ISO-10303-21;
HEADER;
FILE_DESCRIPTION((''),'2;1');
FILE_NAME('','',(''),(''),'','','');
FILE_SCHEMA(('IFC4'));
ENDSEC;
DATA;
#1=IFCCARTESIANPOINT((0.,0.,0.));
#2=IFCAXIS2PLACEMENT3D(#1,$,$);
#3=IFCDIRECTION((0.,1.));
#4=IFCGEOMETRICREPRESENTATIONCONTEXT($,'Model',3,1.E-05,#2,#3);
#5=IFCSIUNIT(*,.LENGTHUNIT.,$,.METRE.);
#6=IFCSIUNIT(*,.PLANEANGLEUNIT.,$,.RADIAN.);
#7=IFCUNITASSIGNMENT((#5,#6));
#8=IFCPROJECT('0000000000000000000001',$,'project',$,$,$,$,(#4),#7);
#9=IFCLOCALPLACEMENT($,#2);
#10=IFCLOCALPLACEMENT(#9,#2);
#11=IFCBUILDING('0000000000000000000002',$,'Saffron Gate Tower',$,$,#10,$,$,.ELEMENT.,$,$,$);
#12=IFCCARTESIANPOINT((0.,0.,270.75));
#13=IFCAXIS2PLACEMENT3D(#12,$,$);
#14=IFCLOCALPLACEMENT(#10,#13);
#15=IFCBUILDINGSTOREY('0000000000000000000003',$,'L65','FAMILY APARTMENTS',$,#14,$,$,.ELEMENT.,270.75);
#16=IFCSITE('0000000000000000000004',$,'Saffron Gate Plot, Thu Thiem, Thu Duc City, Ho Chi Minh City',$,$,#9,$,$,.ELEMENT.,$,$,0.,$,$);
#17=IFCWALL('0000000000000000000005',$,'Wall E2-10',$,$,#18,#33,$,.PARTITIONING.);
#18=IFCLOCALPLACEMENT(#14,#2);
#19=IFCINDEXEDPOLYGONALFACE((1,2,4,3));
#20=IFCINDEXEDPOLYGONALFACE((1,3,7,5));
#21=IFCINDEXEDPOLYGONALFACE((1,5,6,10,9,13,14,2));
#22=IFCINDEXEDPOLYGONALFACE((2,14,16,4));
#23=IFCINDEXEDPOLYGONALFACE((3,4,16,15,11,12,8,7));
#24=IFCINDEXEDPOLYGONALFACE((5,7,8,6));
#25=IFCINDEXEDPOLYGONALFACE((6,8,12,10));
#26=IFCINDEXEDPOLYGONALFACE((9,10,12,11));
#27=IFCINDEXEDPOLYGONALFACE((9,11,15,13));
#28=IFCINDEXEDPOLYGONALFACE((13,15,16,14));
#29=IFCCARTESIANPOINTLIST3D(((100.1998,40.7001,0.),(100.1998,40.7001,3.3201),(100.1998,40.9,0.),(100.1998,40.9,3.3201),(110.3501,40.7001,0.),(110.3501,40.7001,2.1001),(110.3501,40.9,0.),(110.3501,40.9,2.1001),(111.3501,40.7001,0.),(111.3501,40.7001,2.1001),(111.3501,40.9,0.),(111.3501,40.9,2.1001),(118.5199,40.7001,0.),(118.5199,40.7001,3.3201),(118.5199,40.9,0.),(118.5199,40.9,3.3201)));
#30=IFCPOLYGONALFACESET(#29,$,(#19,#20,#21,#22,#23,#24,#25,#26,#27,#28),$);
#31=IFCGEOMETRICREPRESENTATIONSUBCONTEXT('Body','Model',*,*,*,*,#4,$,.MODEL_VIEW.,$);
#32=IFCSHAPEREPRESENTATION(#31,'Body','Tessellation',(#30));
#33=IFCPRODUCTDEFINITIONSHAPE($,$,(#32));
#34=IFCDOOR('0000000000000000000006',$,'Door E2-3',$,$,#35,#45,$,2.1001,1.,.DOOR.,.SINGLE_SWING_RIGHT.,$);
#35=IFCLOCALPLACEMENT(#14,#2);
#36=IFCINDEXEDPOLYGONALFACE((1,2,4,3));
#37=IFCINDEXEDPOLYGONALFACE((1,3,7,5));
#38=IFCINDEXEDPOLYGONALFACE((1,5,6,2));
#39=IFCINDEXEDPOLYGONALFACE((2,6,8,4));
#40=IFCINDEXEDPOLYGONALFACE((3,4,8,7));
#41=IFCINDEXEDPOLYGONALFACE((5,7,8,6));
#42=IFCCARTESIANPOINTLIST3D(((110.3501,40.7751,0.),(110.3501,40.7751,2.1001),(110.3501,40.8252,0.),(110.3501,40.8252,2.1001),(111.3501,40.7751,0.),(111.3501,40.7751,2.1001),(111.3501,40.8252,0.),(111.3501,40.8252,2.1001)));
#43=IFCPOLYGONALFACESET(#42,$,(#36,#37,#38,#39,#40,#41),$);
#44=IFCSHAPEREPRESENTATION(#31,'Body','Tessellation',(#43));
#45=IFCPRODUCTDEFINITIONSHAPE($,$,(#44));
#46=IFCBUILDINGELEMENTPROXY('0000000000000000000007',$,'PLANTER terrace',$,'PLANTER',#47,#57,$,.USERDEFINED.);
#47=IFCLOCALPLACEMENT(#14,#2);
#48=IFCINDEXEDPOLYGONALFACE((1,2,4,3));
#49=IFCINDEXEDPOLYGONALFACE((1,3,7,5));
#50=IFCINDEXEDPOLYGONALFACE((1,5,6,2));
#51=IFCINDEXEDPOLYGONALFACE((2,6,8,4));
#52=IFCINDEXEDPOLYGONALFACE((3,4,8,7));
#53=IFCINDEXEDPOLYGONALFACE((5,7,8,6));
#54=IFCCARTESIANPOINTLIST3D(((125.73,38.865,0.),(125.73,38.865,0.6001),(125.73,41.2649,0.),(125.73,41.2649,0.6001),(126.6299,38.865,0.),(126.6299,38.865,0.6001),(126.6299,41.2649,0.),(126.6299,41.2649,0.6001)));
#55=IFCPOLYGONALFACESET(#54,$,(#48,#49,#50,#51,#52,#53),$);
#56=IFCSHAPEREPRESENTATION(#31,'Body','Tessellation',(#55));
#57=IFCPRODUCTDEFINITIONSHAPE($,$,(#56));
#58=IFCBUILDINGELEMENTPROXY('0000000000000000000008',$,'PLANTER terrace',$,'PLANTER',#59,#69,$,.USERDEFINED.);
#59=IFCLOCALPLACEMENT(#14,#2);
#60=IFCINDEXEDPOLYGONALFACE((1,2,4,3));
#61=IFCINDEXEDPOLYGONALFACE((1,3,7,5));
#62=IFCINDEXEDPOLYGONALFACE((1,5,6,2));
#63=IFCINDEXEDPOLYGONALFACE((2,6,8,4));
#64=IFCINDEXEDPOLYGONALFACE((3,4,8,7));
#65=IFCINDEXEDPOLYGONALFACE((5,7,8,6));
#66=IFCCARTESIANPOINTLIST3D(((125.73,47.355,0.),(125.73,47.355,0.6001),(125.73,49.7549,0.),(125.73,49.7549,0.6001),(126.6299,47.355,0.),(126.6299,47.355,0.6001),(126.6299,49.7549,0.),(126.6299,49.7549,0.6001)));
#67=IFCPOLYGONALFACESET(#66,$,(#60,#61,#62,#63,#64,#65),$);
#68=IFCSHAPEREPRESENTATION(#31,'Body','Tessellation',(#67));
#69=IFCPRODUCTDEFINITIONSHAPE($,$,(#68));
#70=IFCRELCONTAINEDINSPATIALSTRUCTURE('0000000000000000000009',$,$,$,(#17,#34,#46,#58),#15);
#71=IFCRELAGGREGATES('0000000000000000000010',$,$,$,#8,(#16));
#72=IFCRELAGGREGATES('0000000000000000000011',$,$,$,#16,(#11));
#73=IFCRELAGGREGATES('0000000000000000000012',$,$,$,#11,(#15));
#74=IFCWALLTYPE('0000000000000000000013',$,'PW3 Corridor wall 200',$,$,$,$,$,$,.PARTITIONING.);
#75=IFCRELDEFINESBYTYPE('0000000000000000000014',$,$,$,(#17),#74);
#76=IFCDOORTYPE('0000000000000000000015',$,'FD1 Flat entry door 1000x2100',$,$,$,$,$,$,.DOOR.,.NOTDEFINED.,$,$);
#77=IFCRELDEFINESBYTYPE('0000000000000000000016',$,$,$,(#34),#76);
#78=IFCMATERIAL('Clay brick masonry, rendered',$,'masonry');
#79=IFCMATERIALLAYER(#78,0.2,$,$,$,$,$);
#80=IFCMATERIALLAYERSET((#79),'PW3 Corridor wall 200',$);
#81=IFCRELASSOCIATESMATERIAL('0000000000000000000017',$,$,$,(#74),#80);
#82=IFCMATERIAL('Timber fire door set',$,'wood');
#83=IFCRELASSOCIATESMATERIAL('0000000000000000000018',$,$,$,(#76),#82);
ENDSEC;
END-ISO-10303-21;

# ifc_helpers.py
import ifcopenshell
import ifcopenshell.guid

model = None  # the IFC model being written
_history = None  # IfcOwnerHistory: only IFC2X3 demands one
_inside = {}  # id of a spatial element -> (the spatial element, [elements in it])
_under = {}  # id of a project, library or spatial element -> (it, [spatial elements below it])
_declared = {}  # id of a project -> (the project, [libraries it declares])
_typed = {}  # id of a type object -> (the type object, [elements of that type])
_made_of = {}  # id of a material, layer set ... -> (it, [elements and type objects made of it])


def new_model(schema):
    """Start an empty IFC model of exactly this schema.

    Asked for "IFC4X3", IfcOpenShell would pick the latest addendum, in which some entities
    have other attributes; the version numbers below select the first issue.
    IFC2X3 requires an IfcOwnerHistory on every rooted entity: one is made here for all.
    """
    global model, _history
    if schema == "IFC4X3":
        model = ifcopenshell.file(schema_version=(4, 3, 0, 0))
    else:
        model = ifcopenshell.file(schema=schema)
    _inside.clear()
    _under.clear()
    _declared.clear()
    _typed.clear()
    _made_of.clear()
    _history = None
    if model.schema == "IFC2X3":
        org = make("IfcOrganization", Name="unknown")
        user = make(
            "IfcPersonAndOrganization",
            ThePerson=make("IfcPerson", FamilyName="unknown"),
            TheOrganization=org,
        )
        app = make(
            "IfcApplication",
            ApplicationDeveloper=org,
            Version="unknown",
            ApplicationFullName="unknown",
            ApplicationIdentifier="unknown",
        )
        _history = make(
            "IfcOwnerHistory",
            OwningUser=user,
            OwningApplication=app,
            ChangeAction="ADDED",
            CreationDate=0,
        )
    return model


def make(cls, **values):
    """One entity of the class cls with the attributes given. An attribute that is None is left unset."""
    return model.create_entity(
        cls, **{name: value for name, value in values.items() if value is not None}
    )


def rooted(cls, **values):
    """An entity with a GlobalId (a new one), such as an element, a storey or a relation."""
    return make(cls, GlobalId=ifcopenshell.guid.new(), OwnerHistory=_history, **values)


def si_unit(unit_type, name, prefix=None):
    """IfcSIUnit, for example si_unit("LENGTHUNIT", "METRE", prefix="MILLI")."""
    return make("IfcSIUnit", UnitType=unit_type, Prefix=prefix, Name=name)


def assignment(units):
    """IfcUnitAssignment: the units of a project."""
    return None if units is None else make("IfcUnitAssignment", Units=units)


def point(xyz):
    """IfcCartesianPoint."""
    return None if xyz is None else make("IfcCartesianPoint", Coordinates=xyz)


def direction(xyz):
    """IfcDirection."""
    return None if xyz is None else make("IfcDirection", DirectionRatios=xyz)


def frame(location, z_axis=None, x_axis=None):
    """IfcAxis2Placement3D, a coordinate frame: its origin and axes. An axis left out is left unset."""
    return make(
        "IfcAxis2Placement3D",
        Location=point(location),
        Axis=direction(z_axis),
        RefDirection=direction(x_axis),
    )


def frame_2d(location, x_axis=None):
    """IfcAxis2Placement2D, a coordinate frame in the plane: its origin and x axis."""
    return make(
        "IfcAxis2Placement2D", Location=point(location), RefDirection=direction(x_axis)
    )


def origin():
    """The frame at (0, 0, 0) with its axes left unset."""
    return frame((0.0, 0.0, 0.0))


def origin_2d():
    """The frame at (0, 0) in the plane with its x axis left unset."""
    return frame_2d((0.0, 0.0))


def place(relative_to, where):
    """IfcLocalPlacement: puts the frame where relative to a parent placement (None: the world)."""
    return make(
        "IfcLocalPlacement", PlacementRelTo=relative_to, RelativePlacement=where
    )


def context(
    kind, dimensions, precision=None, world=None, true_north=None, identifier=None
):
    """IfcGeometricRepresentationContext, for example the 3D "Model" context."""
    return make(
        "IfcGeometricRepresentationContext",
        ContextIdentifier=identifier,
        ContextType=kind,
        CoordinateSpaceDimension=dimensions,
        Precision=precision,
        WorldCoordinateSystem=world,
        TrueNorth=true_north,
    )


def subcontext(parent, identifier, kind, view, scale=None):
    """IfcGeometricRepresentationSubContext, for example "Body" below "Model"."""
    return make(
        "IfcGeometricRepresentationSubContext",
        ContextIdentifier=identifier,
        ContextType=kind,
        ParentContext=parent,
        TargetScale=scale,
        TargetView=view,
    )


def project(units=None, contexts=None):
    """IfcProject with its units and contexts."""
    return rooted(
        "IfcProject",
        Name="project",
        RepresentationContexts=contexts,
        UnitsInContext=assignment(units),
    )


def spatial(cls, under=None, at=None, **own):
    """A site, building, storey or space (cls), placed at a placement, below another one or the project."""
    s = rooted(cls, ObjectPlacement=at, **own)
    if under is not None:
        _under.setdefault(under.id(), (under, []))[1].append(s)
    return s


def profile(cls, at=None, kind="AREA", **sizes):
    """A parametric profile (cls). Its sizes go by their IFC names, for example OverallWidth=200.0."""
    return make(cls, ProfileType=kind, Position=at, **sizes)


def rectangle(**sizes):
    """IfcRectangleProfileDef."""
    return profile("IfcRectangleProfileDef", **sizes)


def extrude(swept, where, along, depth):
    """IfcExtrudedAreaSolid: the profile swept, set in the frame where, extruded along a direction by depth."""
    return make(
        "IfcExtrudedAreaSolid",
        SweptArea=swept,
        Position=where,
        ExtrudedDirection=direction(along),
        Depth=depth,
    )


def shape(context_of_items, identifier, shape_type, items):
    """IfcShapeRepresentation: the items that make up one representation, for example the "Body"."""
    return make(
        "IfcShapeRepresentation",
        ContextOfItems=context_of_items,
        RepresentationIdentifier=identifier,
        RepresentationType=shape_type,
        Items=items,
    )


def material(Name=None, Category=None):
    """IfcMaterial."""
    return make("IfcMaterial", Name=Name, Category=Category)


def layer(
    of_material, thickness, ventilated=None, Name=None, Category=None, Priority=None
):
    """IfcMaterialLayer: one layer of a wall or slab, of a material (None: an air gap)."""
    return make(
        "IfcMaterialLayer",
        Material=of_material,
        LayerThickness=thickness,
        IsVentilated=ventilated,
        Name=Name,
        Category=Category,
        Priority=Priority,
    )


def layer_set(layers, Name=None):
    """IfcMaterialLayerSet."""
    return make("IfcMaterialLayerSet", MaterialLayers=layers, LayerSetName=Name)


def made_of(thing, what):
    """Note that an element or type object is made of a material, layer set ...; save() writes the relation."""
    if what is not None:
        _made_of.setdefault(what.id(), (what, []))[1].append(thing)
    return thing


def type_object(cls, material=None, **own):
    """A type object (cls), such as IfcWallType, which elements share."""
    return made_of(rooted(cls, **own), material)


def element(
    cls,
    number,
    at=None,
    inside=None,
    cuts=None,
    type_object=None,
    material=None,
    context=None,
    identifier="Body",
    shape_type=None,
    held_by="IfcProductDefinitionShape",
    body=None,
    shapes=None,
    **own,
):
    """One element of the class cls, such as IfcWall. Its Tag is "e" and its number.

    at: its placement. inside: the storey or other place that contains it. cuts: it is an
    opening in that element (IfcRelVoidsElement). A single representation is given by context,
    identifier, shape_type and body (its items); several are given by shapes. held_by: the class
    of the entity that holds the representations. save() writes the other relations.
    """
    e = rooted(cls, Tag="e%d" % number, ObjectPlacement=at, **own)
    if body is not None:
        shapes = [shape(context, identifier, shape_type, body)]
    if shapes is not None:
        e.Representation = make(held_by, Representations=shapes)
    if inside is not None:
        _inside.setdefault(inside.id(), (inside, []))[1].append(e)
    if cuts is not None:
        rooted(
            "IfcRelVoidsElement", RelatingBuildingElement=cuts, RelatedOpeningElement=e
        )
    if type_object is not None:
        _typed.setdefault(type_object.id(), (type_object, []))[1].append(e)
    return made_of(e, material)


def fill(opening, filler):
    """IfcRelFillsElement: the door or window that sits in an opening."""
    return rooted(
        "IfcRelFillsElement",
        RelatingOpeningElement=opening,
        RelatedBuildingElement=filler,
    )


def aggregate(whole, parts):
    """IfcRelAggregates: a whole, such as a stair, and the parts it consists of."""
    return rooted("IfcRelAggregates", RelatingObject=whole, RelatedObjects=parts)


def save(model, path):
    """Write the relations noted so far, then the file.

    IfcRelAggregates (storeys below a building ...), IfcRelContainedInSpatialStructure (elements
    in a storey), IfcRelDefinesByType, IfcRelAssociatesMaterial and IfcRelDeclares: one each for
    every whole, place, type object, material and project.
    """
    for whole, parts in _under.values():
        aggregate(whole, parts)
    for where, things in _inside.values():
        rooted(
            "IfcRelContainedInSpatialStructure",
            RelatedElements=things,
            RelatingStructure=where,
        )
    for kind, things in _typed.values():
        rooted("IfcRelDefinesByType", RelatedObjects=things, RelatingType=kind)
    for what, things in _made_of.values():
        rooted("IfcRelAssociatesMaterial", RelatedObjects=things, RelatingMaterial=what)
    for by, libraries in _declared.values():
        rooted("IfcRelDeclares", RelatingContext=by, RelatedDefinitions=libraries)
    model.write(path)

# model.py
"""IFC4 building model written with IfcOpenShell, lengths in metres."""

from ifc_helpers import new_model, si_unit, direction, frame, frame_2d, origin, origin_2d, place, context, subcontext, project, spatial, rectangle, extrude, material, layer, layer_set, type_object, element, fill, save


model = new_model("IFC4")

# Units and contexts
model_context = context("Model", 3, precision=1e-05, world=origin(), true_north=direction((0.0, 1.0)))
body_context = subcontext(model_context, "Body", "Model", "MODEL_VIEW")
ifc_project = project(units=[si_unit("LENGTHUNIT", "METRE"), si_unit("PLANEANGLEUNIT", "RADIAN")], contexts=[model_context])

# Site, building, storey
site_placement = place(None, origin())
site = spatial("IfcSite", under=ifc_project, at=site_placement, Name="Saffron Gate Plot, Thu Thiem, Thu Duc City, Ho Chi Minh City", CompositionType="ELEMENT", RefElevation=0.0)
building_placement = place(site_placement, origin())
building = spatial("IfcBuilding", under=site, at=building_placement, Name="Saffron Gate Tower", CompositionType="ELEMENT")
storey_placement = place(building_placement, frame((0.0, 0.0, 270.75)))
storey = spatial("IfcBuildingStorey", under=building, at=storey_placement, Name="L65", Description="FAMILY APARTMENTS", CompositionType="ELEMENT", Elevation=270.75)

# Wall, opening, door
ifc_material_1 = material(Name="Clay brick masonry, rendered", Category="masonry")
ifc_layer_1 = layer(ifc_material_1, 0.2)
ifc_layer_set_1 = layer_set([ifc_layer_1], Name="PW3 Corridor wall 200")
wall_type_1 = type_object("IfcWallType", Name="PW3 Corridor wall 200", PredefinedType="PARTITIONING", material=ifc_layer_set_1)
wall_1_placement = place(storey_placement, frame((118.52, 40.8, 0.0), z_axis=(0.0, 0.0, 1.0), x_axis=(-1.0, 0.0, 0.0)))
wall_1 = element("IfcWall", 1, at=wall_1_placement, inside=storey, type_object=wall_type_1, Name="Wall E2-10", PredefinedType="PARTITIONING", context=body_context, shape_type="SweptSolid", body=[
    extrude(rectangle(XDim=18.3201, YDim=0.2, at=frame_2d((9.1602, 0.0))), origin(), (0.0, 0.0, 1.0), 3.3201),
])
opening_1_placement = place(wall_1_placement, frame((7.1699, 0.0, 0.0)))
opening_1 = element("IfcOpeningElement", 2, at=opening_1_placement, cuts=wall_1, PredefinedType="OPENING", context=body_context, shape_type="SweptSolid", body=[
    extrude(rectangle(XDim=1.0, YDim=2.1001, at=frame_2d((0.5, 1.05))), frame((0.0, 0.1099, 0.0), z_axis=(0.0, -1.0, 0.0), x_axis=(1.0, 0.0, 0.0)), (0.0, 0.0, 1.0), 0.22),
])
ifc_material_2 = material(Name="Timber fire door set", Category="wood")
door_type_1 = type_object("IfcDoorType", Name="FD1 Flat entry door 1000x2100", OperationType="NOTDEFINED", PredefinedType="DOOR", material=ifc_material_2)
door_1_placement = place(opening_1_placement, origin())
door_1 = element("IfcDoor", 3, at=door_1_placement, inside=storey, type_object=door_type_1, Name="Door E2-3", OperationType="SINGLE_SWING_RIGHT", OverallHeight=2.1001, OverallWidth=1.0, PredefinedType="DOOR", context=body_context, shape_type="SweptSolid", body=[
    extrude(rectangle(XDim=1.0, YDim=2.1001, at=frame_2d((0.5, 1.05))), frame((0.0, 0.0249, 0.0), z_axis=(0.0, -1.0, 0.0), x_axis=(1.0, 0.0, 0.0)), (0.0, 0.0, 1.0), 0.05),
])
fill(opening_1, door_1)

# Building element proxies
for number, where, z_axis, x_axis, name in (
    (4, (126.1799, 40.0649, 0.0), (0.0, 0.0, 1.0), (0.0, 1.0, 0.0), "PLANTER terrace"),
    (5, (126.1799, 48.5549, 0.0), (0.0, 0.0, 1.0), (0.0, 1.0, 0.0), "PLANTER terrace"),
):
    element("IfcBuildingElementProxy", number, at=place(storey_placement, frame(where, z_axis=z_axis, x_axis=x_axis)), inside=storey, Name=name, ObjectType="PLANTER", PredefinedType="USERDEFINED", context=body_context, shape_type="SweptSolid", body=[
        extrude(rectangle(XDim=2.3999, YDim=0.8999, at=origin_2d()), origin(), (0.0, 0.0, 1.0), 0.6001),
    ])

save(model, "model.ifc")
